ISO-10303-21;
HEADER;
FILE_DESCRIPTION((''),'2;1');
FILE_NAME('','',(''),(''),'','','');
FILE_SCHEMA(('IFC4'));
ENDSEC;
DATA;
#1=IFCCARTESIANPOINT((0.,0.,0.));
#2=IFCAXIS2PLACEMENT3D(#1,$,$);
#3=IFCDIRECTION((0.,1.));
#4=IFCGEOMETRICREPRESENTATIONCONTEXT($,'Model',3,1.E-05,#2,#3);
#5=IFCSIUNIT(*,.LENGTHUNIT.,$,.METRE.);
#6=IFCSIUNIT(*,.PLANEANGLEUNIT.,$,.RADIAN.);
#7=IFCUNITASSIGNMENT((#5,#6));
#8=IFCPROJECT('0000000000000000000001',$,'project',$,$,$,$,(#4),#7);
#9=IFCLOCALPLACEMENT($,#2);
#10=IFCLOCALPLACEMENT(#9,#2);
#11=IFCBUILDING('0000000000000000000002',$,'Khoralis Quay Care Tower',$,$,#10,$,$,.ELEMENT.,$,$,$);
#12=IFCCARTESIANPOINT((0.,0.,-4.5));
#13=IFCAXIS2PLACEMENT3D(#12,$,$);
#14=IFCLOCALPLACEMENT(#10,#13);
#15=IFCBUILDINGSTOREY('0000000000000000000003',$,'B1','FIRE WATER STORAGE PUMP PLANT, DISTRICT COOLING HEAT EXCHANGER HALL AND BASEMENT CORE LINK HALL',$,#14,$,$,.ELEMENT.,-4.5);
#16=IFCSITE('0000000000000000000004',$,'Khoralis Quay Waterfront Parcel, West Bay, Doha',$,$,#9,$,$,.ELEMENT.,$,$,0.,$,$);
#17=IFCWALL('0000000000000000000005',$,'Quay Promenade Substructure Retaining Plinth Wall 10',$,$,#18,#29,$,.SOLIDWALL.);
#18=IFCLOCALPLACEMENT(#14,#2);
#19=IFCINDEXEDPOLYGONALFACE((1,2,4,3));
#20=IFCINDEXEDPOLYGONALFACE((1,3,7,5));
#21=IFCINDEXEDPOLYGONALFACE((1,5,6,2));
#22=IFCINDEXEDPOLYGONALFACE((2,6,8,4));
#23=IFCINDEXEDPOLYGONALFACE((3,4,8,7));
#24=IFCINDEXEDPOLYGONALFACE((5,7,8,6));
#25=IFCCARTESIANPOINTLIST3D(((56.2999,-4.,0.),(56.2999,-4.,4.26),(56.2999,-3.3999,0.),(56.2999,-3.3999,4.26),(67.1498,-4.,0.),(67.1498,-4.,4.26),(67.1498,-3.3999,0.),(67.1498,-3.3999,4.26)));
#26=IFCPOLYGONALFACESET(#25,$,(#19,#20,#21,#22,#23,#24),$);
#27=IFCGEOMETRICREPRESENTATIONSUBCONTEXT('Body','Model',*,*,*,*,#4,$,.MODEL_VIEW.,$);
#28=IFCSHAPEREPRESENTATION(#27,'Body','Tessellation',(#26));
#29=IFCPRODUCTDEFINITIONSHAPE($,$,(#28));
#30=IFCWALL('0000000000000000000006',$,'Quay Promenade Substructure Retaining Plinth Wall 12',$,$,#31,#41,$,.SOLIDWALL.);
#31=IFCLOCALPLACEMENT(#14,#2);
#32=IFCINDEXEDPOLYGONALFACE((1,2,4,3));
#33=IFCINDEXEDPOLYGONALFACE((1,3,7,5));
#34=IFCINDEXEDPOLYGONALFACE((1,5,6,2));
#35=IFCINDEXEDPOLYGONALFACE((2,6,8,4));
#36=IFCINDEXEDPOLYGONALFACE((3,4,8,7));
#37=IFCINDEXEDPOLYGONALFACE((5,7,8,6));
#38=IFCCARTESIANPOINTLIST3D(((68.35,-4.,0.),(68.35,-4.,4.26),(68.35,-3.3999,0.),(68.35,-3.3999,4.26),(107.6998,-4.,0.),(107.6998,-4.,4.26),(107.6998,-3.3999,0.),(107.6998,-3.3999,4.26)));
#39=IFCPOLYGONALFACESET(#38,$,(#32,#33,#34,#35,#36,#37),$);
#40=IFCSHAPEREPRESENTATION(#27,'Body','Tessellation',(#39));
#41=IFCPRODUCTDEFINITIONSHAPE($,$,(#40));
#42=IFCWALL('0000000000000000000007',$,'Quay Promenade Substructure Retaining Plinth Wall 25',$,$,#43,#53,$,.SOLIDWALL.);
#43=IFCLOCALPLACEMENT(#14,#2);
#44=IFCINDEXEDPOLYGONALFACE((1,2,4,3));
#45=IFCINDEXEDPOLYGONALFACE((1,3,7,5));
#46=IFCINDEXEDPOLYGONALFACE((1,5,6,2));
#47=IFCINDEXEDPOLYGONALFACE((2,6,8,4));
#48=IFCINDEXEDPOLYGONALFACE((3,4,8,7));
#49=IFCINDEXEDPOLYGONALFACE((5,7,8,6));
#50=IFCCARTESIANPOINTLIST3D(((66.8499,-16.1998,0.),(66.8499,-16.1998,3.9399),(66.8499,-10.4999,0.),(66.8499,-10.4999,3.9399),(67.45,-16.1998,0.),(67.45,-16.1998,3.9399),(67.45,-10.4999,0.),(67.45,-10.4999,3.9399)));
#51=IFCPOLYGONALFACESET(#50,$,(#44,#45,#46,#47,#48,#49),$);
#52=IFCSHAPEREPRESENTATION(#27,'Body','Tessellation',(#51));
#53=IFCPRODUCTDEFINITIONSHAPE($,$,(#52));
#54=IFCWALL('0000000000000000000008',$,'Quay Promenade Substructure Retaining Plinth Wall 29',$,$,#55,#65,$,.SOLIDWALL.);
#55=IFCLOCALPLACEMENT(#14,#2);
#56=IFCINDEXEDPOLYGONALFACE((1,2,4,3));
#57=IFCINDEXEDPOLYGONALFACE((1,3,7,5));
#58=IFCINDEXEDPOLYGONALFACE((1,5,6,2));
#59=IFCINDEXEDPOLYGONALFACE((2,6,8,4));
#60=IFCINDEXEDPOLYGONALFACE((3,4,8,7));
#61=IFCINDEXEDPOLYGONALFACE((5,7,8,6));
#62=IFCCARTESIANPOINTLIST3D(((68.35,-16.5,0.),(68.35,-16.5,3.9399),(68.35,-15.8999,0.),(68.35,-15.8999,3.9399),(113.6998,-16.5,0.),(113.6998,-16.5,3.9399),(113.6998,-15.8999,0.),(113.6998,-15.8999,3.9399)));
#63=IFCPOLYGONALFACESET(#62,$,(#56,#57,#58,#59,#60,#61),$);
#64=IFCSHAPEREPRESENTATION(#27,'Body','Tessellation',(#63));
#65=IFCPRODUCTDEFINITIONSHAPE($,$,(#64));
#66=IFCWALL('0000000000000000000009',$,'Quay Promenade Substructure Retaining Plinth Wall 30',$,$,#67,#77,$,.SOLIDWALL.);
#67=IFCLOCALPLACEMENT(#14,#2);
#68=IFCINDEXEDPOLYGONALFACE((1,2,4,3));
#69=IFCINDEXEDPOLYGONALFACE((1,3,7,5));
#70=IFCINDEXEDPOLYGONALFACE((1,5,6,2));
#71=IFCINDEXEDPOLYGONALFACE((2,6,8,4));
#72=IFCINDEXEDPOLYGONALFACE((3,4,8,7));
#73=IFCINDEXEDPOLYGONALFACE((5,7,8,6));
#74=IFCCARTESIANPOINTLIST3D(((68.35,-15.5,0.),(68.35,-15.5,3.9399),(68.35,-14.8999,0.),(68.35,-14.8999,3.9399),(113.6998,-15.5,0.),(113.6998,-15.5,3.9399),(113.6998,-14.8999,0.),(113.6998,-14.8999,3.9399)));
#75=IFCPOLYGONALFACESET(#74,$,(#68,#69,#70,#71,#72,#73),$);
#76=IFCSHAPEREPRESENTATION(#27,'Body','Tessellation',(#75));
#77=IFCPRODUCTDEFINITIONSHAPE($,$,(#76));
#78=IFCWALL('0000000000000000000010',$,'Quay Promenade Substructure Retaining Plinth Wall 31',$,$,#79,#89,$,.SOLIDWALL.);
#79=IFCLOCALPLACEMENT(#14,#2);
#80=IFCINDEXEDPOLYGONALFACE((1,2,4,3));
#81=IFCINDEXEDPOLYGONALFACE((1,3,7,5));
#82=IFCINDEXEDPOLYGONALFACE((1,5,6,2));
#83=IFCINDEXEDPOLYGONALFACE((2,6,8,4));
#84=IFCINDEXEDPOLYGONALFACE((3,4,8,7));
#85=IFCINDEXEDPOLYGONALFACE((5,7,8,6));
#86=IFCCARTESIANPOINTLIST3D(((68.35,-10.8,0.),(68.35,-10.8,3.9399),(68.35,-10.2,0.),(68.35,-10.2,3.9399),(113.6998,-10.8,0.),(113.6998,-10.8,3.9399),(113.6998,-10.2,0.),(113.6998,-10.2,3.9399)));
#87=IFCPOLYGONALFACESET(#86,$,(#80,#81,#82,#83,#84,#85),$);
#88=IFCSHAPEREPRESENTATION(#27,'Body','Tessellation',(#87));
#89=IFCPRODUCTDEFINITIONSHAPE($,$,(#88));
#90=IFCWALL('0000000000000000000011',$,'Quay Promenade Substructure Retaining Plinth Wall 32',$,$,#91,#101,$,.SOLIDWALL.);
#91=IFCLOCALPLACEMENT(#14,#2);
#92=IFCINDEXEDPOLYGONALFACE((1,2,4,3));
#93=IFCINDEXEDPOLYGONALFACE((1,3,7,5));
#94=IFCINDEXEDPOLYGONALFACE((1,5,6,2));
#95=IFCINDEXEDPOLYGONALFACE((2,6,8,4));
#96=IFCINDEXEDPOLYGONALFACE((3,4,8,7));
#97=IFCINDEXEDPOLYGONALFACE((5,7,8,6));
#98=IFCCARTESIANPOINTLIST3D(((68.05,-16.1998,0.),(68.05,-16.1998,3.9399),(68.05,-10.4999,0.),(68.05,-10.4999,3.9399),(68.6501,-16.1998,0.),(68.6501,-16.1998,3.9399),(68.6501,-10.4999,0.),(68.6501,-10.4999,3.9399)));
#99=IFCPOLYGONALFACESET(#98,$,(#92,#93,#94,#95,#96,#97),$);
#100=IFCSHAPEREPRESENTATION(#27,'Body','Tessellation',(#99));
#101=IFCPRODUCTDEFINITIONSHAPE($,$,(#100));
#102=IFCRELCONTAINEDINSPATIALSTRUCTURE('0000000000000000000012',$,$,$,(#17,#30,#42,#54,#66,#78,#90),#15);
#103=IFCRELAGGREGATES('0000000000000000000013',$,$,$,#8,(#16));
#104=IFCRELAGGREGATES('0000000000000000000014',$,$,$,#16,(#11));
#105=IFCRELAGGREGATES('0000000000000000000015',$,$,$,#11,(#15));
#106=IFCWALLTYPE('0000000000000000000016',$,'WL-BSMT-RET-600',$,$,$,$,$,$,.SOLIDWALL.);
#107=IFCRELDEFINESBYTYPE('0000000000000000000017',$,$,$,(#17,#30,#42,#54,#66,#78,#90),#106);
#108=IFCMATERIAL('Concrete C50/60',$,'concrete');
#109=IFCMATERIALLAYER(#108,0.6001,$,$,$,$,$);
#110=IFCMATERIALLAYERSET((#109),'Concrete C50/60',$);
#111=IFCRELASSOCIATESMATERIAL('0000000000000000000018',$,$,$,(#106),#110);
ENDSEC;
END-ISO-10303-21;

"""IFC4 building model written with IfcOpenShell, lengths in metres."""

from ifc_helpers import new_model, si_unit, direction, frame, frame_2d, origin, place, context, subcontext, project, spatial, rectangle, extrude, material, layer, layer_set, type_object, element, save


model = new_model("IFC4")

# Units and contexts
model_context = context("Model", 3, precision=1e-05, world=origin(), true_north=direction((0.0, 1.0)))
body_context = subcontext(model_context, "Body", "Model", "MODEL_VIEW")
ifc_project = project(units=[si_unit("LENGTHUNIT", "METRE"), si_unit("PLANEANGLEUNIT", "RADIAN")], contexts=[model_context])

# Site, building, storey
site_placement = place(None, origin())
site = spatial("IfcSite", under=ifc_project, at=site_placement, Name="Khoralis Quay Waterfront Parcel, West Bay, Doha", CompositionType="ELEMENT", RefElevation=0.0)
building_placement = place(site_placement, origin())
building = spatial("IfcBuilding", under=site, at=building_placement, Name="Khoralis Quay Care Tower", CompositionType="ELEMENT")
storey_placement = place(building_placement, frame((0.0, 0.0, -4.5)))
storey = spatial("IfcBuildingStorey", under=building, at=storey_placement, Name="B1", Description="FIRE WATER STORAGE PUMP PLANT, DISTRICT COOLING HEAT EXCHANGER HALL AND BASEMENT CORE LINK HALL", CompositionType="ELEMENT", Elevation=-4.5)

# Shared definitions
ifc_material = material(Name="Concrete C50/60", Category="concrete")

# Walls
ifc_layer = layer(ifc_material, 0.6001)
ifc_layer_set = layer_set([ifc_layer], Name="Concrete C50/60")
wall_type = type_object("IfcWallType", Name="WL-BSMT-RET-600", PredefinedType="SOLIDWALL", material=ifc_layer_set)
wall_1_placement = place(storey_placement, frame((56.3, -3.7, 0.0), z_axis=(0.0, 0.0, 1.0), x_axis=(1.0, 0.0, 0.0)))
element("IfcWall", 1, at=wall_1_placement, inside=storey, type_object=wall_type, Name="Quay Promenade Substructure Retaining Plinth Wall 10", PredefinedType="SOLIDWALL", context=body_context, shape_type="SweptSolid", body=[
    extrude(rectangle(XDim=10.8499, YDim=0.6001, at=frame_2d((5.4248, 0.0))), origin(), (0.0, 0.0, 1.0), 4.26),
])
wall_2_placement = place(storey_placement, frame((68.3501, -3.7, 0.0), z_axis=(0.0, 0.0, 1.0), x_axis=(1.0, 0.0, 0.0)))
element("IfcWall", 2, at=wall_2_placement, inside=storey, type_object=wall_type, Name="Quay Promenade Substructure Retaining Plinth Wall 12", PredefinedType="SOLIDWALL", context=body_context, shape_type="SweptSolid", body=[
    extrude(rectangle(XDim=39.3499, YDim=0.6001, at=frame_2d((19.6748, 0.0))), origin(), (0.0, 0.0, 1.0), 4.26),
])
wall_3_placement = place(storey_placement, frame((67.1499, -16.2, 0.0), z_axis=(0.0, 0.0, 1.0), x_axis=(0.0, 1.0, 0.0)))
element("IfcWall", 3, at=wall_3_placement, inside=storey, type_object=wall_type, Name="Quay Promenade Substructure Retaining Plinth Wall 25", PredefinedType="SOLIDWALL", context=body_context, shape_type="SweptSolid", body=[
    extrude(rectangle(XDim=5.7, YDim=0.6001, at=frame_2d((2.8501, 0.0))), origin(), (0.0, 0.0, 1.0), 3.9399),
])
for number, where, z_axis, x_axis, name in (
    (4, (68.3501, -16.2, 0.0), (0.0, 0.0, 1.0), (1.0, 0.0, 0.0), "Quay Promenade Substructure Retaining Plinth Wall 29"),
    (5, (68.3501, -15.2, 0.0), (0.0, 0.0, 1.0), (1.0, 0.0, 0.0), "Quay Promenade Substructure Retaining Plinth Wall 30"),
    (6, (68.3501, -10.5, 0.0), (0.0, 0.0, 1.0), (1.0, 0.0, 0.0), "Quay Promenade Substructure Retaining Plinth Wall 31"),
):
    element("IfcWall", number, at=place(storey_placement, frame(where, z_axis=z_axis, x_axis=x_axis)), inside=storey, type_object=wall_type, Name=name, PredefinedType="SOLIDWALL", context=body_context, shape_type="SweptSolid", body=[
        extrude(rectangle(XDim=45.3499, YDim=0.6001, at=frame_2d((22.6748, 0.0))), origin(), (0.0, 0.0, 1.0), 3.9399),
    ])
wall_4_placement = place(storey_placement, frame((68.3501, -16.2, 0.0), z_axis=(0.0, 0.0, 1.0), x_axis=(0.0, 1.0, 0.0)))
element("IfcWall", 7, at=wall_4_placement, inside=storey, type_object=wall_type, Name="Quay Promenade Substructure Retaining Plinth Wall 32", PredefinedType="SOLIDWALL", context=body_context, shape_type="SweptSolid", body=[
    extrude(rectangle(XDim=5.7, YDim=0.6001, at=frame_2d((2.8501, 0.0))), origin(), (0.0, 0.0, 1.0), 3.9399),
])

save(model, "model.ifc")
